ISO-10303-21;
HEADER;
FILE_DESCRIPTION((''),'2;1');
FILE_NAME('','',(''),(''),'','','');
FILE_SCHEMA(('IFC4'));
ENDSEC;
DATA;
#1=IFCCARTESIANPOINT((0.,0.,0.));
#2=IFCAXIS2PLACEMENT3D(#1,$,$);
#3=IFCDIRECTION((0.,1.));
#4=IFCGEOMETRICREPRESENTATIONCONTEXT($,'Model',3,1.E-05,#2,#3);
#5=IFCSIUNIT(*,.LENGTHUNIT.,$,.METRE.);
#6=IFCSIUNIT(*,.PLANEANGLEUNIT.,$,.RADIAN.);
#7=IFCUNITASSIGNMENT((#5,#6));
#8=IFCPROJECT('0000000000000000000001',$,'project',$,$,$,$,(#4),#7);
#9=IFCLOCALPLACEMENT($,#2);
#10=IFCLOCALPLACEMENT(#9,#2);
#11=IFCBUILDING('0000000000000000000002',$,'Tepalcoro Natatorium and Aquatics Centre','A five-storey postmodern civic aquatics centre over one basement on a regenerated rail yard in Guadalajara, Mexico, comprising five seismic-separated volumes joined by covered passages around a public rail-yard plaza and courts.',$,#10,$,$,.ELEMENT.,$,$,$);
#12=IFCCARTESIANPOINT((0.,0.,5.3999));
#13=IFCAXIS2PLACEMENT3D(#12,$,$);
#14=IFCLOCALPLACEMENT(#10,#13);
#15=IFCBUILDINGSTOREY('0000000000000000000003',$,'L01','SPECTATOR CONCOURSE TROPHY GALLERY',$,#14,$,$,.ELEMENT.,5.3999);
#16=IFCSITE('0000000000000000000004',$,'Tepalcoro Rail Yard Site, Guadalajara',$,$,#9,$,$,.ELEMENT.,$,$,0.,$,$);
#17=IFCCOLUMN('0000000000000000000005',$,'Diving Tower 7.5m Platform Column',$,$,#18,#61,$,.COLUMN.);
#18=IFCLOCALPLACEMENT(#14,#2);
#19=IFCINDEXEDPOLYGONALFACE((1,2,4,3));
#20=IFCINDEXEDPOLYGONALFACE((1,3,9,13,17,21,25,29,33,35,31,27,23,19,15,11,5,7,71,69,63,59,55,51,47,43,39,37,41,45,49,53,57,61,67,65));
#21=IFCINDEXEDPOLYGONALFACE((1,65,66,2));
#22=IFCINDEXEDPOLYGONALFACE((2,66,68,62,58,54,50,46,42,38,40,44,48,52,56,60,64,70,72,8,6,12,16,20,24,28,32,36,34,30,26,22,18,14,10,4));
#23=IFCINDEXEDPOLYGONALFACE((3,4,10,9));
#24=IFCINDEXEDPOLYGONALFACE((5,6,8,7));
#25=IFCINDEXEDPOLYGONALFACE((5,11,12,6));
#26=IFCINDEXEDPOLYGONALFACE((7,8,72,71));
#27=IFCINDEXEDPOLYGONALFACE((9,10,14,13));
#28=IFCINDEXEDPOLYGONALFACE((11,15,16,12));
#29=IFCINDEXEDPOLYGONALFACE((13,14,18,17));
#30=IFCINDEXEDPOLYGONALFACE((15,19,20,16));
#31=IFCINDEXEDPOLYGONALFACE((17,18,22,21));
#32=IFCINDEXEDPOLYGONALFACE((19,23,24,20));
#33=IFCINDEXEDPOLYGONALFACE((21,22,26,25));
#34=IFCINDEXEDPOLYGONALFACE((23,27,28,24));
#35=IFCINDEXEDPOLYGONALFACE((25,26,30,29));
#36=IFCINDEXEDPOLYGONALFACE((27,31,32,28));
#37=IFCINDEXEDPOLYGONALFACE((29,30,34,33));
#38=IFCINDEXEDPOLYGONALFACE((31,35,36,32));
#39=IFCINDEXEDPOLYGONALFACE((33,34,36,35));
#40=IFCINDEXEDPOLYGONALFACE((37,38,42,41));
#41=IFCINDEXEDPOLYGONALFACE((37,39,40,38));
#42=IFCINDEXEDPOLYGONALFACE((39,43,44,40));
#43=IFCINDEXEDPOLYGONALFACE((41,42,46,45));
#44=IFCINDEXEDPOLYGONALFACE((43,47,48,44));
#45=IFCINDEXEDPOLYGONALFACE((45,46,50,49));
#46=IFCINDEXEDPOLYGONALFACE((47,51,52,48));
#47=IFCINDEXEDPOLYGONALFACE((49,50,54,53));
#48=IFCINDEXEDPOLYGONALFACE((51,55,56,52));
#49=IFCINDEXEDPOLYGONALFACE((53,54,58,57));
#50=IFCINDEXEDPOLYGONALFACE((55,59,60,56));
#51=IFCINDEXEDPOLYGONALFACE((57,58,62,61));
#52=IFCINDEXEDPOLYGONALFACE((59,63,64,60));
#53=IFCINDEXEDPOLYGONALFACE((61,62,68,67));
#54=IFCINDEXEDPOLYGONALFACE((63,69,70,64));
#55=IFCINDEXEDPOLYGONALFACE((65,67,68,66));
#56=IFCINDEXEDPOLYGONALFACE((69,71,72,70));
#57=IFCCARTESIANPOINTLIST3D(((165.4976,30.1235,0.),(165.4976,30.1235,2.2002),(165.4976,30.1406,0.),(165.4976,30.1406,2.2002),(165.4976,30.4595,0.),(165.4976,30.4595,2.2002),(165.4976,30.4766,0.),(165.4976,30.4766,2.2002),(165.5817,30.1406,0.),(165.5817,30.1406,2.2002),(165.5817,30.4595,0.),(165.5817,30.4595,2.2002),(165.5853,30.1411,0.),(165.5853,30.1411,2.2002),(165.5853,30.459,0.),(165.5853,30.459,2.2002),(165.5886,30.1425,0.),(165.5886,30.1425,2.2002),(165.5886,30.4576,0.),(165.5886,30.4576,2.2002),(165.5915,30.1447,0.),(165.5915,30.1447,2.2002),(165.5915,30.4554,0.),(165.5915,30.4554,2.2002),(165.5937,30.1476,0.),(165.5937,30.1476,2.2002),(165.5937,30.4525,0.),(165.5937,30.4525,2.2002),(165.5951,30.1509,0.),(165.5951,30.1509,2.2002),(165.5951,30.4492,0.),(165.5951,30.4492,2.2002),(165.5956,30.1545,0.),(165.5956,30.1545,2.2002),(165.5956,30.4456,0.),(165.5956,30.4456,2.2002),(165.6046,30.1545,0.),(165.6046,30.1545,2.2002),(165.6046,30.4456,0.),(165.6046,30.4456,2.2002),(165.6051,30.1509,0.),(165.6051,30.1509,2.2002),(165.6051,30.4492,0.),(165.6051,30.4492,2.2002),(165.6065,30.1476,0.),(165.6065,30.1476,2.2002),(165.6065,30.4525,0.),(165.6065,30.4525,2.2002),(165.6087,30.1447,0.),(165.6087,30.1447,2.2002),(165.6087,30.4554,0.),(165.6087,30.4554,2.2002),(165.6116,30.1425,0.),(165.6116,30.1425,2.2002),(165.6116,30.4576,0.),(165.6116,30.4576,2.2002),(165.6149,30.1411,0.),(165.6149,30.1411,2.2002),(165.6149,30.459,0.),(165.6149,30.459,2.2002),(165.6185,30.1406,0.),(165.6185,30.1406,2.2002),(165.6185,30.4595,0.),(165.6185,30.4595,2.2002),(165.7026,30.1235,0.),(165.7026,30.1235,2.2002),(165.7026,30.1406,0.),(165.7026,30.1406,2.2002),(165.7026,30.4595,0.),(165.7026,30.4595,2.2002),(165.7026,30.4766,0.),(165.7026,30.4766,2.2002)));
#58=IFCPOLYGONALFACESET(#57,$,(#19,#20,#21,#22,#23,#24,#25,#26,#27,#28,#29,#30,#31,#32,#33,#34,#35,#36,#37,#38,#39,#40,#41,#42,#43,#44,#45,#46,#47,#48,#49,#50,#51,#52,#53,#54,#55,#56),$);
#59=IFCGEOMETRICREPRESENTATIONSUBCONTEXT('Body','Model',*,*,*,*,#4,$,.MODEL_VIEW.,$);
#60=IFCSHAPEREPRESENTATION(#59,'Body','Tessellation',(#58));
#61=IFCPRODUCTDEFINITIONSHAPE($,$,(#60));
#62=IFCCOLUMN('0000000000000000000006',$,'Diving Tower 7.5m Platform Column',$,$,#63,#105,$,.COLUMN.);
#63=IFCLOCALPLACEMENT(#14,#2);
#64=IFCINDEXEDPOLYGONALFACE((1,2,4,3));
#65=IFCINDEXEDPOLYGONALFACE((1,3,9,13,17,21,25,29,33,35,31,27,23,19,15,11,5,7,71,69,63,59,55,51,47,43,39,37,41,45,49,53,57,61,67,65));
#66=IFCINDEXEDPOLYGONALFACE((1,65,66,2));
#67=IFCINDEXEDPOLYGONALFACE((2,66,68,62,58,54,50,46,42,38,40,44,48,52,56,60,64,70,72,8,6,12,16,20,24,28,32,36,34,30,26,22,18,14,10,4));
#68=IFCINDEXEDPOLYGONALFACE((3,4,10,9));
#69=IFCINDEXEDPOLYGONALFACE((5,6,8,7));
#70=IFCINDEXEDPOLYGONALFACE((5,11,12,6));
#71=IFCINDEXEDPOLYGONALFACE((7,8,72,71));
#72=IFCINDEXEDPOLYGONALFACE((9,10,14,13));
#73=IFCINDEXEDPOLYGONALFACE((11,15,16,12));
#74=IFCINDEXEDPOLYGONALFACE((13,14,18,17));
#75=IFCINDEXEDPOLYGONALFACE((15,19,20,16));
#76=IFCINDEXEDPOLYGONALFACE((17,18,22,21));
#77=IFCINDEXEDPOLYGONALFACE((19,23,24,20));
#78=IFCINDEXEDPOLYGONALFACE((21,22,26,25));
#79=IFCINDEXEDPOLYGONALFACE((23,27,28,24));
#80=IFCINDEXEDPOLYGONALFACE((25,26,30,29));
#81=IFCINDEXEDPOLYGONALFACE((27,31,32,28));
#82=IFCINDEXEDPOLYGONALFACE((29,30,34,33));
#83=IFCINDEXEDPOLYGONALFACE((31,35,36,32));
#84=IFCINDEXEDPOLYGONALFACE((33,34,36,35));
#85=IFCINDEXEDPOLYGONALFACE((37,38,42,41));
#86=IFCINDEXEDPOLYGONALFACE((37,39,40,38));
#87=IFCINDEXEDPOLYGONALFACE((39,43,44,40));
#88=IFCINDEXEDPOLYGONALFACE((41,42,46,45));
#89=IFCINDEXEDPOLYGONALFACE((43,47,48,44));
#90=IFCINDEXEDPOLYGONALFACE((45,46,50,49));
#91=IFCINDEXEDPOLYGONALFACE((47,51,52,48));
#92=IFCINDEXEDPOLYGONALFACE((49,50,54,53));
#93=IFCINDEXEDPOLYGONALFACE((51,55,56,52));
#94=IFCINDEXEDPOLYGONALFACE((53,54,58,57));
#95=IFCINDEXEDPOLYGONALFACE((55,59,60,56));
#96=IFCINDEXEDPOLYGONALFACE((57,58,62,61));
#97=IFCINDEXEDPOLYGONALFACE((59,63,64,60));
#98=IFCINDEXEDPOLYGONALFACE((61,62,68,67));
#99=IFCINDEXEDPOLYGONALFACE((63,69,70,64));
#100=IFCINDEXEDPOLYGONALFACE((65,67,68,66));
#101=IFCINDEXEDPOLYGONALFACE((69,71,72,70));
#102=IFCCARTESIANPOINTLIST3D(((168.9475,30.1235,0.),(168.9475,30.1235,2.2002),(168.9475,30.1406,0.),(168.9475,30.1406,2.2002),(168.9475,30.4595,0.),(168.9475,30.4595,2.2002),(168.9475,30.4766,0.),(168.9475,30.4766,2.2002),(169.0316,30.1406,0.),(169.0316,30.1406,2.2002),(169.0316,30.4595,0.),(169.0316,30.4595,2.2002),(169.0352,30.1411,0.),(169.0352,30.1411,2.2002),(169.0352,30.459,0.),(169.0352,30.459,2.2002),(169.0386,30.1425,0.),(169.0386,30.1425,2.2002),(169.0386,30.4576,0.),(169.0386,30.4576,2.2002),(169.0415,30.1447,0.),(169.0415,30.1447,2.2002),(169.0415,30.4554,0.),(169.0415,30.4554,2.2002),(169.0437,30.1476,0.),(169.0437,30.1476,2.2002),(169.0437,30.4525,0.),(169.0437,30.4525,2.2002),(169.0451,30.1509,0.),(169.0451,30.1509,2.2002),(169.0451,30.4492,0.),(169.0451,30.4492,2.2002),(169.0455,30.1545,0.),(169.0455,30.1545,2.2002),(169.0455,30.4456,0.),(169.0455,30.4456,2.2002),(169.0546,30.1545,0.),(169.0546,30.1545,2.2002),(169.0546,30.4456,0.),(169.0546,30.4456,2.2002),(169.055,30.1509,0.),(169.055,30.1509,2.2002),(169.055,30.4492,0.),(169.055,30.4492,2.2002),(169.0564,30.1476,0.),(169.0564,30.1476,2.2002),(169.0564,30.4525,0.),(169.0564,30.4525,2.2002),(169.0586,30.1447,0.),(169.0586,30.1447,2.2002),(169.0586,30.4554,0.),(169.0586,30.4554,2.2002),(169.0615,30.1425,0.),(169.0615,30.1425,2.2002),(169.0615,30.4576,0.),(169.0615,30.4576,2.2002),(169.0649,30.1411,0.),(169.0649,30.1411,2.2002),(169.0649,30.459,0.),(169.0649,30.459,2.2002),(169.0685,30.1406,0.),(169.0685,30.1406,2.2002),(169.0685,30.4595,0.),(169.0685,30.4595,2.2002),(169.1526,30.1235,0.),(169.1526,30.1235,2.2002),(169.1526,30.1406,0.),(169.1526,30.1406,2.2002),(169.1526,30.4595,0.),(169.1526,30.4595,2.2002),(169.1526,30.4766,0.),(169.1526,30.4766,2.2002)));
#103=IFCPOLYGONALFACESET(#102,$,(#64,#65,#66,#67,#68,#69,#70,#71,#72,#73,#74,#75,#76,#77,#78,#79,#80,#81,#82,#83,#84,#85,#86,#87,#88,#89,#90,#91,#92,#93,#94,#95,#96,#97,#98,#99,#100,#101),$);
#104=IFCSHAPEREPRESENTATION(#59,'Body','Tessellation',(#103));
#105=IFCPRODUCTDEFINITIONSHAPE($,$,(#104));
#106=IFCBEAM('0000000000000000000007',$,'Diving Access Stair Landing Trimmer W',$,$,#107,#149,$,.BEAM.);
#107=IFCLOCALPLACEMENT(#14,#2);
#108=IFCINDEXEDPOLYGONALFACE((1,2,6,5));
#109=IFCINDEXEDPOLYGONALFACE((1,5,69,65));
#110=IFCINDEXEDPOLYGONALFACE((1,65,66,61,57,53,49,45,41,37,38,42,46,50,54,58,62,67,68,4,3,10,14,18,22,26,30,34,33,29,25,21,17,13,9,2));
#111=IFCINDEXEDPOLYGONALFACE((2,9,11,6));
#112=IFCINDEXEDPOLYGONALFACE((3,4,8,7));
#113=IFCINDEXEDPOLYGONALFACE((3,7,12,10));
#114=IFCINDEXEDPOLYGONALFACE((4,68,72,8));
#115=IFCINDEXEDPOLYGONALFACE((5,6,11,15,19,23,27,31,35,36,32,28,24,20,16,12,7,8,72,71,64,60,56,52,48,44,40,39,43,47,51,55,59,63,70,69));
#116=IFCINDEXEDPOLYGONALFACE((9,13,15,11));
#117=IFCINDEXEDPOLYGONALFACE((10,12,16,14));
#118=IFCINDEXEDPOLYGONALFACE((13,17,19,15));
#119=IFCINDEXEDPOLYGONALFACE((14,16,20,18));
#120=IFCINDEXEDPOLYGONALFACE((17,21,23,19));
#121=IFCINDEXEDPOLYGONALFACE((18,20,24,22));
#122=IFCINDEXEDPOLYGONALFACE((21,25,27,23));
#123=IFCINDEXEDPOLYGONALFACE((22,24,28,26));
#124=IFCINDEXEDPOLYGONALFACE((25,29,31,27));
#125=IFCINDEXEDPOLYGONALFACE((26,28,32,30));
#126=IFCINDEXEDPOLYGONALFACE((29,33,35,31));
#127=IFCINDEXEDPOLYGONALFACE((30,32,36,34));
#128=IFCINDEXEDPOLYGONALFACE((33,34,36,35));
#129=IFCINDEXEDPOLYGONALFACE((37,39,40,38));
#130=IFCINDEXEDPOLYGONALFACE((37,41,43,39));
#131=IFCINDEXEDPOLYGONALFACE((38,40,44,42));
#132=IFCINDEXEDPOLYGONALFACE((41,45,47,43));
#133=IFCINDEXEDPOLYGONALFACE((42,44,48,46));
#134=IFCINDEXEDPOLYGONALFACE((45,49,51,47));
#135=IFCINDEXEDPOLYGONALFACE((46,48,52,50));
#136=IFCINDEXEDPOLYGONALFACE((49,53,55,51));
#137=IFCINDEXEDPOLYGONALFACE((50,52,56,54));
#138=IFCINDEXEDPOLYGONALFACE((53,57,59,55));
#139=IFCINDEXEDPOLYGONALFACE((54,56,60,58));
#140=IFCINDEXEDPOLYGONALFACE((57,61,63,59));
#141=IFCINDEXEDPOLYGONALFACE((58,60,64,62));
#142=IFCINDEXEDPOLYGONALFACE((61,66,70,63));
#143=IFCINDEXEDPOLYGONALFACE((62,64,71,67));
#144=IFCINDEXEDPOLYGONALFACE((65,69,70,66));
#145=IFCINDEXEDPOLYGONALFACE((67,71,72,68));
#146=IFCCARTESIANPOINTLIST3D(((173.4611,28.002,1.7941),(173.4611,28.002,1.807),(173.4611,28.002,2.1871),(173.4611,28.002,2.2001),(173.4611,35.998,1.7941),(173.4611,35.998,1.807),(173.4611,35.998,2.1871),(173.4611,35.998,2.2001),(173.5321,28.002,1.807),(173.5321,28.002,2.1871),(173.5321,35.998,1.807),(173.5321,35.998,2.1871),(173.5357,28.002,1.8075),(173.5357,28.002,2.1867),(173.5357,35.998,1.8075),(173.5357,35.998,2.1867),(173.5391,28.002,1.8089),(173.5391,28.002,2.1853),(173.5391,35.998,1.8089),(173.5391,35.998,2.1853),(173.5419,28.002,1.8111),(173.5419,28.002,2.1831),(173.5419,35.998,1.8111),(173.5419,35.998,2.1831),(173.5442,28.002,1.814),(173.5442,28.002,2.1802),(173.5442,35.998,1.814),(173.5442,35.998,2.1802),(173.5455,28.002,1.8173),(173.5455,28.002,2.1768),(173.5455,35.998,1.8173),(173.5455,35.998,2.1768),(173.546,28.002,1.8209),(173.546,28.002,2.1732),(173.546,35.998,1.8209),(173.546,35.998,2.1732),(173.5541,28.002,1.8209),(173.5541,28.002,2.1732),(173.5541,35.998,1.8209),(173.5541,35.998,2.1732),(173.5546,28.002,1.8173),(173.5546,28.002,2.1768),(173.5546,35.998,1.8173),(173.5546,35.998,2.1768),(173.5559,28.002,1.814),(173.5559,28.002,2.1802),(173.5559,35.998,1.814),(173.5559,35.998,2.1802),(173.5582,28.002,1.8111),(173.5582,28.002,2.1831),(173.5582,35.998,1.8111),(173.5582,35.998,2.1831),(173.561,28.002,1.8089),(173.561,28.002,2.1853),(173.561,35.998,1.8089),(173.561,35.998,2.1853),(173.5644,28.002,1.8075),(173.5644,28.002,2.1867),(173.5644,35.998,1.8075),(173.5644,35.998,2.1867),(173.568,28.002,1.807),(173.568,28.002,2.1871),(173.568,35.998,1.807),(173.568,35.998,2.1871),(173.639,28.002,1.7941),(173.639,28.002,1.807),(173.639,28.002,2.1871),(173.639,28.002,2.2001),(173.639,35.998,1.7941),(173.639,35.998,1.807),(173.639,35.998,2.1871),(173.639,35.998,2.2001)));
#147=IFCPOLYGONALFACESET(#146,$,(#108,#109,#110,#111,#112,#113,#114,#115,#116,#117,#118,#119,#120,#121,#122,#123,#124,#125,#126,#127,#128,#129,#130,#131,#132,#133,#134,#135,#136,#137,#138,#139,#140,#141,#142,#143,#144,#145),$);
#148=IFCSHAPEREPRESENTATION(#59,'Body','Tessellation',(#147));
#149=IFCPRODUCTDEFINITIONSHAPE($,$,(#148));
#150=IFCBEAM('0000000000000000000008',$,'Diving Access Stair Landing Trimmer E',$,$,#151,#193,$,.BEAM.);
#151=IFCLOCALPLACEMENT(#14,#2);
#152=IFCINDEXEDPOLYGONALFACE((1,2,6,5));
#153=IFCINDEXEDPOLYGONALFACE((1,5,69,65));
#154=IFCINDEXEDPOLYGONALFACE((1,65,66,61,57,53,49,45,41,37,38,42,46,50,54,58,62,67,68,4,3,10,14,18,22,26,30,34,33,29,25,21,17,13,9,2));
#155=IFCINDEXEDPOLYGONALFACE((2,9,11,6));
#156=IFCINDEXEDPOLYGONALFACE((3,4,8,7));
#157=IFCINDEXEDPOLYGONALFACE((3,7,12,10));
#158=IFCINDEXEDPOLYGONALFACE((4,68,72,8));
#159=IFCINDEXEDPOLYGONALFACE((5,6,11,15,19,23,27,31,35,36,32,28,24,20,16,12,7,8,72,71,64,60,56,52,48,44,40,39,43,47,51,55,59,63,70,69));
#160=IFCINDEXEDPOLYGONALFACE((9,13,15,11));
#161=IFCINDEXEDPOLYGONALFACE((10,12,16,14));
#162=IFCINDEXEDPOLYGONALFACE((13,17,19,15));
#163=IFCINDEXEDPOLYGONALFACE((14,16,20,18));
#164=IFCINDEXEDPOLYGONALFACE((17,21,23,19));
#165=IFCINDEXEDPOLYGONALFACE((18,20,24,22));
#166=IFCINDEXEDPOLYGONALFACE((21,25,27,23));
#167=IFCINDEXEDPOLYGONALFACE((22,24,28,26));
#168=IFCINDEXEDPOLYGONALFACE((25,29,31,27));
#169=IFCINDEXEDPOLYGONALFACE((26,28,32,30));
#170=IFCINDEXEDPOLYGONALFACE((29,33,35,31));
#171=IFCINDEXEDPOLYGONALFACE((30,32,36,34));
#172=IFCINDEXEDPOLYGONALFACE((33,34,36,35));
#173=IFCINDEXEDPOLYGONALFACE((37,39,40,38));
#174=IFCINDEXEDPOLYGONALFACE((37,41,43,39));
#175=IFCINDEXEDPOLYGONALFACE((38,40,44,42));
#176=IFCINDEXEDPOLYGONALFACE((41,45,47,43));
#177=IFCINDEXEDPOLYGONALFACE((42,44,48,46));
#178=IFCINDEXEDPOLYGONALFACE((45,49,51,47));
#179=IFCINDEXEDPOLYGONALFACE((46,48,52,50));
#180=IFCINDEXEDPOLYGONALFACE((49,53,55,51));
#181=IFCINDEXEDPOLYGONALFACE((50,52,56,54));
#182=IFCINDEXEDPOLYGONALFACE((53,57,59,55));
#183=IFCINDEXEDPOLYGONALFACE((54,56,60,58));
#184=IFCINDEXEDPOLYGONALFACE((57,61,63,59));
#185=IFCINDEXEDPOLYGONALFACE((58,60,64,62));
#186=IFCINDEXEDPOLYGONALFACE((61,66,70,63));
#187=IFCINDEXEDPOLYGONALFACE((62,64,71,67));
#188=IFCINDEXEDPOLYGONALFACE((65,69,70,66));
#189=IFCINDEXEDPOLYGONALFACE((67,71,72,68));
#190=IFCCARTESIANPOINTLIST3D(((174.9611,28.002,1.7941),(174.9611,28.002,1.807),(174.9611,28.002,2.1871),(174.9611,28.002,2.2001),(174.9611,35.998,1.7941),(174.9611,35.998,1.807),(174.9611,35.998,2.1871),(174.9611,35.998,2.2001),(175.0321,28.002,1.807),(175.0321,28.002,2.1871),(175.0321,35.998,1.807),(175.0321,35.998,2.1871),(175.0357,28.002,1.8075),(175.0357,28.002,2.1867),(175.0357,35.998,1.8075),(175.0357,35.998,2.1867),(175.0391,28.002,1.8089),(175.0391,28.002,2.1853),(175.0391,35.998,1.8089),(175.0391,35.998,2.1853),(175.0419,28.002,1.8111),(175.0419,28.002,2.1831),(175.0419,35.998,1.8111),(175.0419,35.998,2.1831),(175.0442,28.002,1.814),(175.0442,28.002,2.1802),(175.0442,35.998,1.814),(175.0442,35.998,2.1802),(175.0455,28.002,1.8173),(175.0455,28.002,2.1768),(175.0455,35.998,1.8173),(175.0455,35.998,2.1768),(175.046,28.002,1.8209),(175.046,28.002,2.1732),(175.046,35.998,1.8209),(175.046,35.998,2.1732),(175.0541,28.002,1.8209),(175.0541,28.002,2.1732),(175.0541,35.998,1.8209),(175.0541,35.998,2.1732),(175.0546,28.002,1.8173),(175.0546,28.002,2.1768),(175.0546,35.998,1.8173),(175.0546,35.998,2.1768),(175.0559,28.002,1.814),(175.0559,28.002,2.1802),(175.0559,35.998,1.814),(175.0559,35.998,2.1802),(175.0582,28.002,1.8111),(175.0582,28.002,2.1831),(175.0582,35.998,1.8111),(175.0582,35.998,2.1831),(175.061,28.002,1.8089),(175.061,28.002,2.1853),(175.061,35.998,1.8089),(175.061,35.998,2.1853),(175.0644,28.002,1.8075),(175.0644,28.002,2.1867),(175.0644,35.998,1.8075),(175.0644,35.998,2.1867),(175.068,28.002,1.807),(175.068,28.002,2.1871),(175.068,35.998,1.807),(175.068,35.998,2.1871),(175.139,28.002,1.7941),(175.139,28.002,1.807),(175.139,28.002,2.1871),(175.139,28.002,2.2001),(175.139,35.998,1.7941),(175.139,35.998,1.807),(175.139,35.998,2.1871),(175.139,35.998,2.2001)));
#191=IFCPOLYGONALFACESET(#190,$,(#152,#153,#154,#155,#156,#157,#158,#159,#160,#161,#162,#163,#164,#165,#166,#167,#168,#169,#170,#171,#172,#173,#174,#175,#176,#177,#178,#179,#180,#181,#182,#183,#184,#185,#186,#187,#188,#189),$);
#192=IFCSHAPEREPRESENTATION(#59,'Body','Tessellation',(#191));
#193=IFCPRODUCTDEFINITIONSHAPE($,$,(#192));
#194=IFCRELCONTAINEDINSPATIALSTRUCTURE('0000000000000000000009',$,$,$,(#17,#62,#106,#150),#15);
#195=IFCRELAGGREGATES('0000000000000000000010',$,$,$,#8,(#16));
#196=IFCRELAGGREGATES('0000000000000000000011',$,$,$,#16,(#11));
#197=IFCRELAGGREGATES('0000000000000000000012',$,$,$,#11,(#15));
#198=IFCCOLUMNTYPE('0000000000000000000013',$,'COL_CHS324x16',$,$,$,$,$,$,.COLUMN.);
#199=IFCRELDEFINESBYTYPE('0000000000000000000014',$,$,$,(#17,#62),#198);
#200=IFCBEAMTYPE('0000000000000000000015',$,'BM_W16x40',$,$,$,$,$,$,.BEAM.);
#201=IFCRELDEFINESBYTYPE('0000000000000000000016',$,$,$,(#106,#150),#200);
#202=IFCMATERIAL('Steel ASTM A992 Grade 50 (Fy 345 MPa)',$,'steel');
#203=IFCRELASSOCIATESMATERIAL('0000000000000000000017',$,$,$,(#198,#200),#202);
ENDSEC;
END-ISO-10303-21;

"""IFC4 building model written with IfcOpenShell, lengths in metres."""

from ifc_helpers import new_model, si_unit, direction, frame, origin, origin_2d, place, context, subcontext, project, spatial, i_section, extrude, material, material_profile, profile_set, type_object, element, save


model = new_model("IFC4")

# Units and contexts
model_context = context("Model", 3, precision=1e-05, world=origin(), true_north=direction((0.0, 1.0)))
body_context = subcontext(model_context, "Body", "Model", "MODEL_VIEW")
ifc_project = project(units=[si_unit("LENGTHUNIT", "METRE"), si_unit("PLANEANGLEUNIT", "RADIAN")], contexts=[model_context])

# Site, building, storey
site_placement = place(None, origin())
site = spatial("IfcSite", under=ifc_project, at=site_placement, Name="Tepalcoro Rail Yard Site, Guadalajara", CompositionType="ELEMENT", RefElevation=0.0)
building_placement = place(site_placement, origin())
building = spatial("IfcBuilding", under=site, at=building_placement, Name="Tepalcoro Natatorium and Aquatics Centre", Description="A five-storey postmodern civic aquatics centre over one basement on a regenerated rail yard in Guadalajara, Mexico, comprising five seismic-separated volumes joined by covered passages around a public rail-yard plaza and courts.", CompositionType="ELEMENT")
storey_placement = place(building_placement, frame((0.0, 0.0, 5.3999)))
storey = spatial("IfcBuildingStorey", under=building, at=storey_placement, Name="L01", Description="SPECTATOR CONCOURSE TROPHY GALLERY", CompositionType="ELEMENT", Elevation=5.3999)

# Columns
ifc_material_1 = material(Name="Steel ASTM A992 Grade 50 (Fy 345 MPa)", Category="steel")
ifc_material_profile_1 = material_profile(ifc_material_1, i_section(OverallWidth=0.2051, OverallDepth=0.353, WebThickness=0.009, FlangeThickness=0.0171, FilletRadius=0.0139, at=origin_2d()), Name="W14X53")
ifc_profile_set_1 = profile_set([ifc_material_profile_1], Name="Steel ASTM A992 Grade 50 (Fy 345 MPa)")
column_type = type_object("IfcColumnType", Name="COL_CHS324x16", PredefinedType="COLUMN", material=ifc_profile_set_1)
for number, where, z_axis, x_axis, name in (
    (1, (165.6001, 30.3, 0.0), (0.0, 0.0, 1.0), (1.0, 0.0, 0.0), "Diving Tower 7.5m Platform Column"),
    (2, (169.05, 30.3, 0.0), (0.0, 0.0, 1.0), (1.0, 0.0, 0.0), "Diving Tower 7.5m Platform Column"),
):
    element("IfcColumn", number, at=place(storey_placement, frame(where, z_axis=z_axis, x_axis=x_axis)), inside=storey, type_object=column_type, Name=name, PredefinedType="COLUMN", context=body_context, shape_type="SweptSolid", body=[
        extrude(i_section(OverallWidth=0.2051, OverallDepth=0.353, WebThickness=0.009, FlangeThickness=0.0171, FilletRadius=0.0139, at=origin_2d()), origin(), (0.0, 0.0, 1.0), 2.2002),
    ])

# Beams
ifc_material_profile_2 = material_profile(ifc_material_1, i_section(OverallWidth=0.178, OverallDepth=0.406, WebThickness=0.0081, FlangeThickness=0.0129, FilletRadius=0.0139, at=origin_2d()), Name="W16X40")
ifc_profile_set_2 = profile_set([ifc_material_profile_2], Name="Steel ASTM A992 Grade 50 (Fy 345 MPa)")
beam_type_1 = type_object("IfcBeamType", Name="BM_W16x40", PredefinedType="BEAM", material=ifc_profile_set_2)
for number, where, z_axis, x_axis, name in (
    (3, (173.55, 28.002, 1.9971), (0.0, 1.0, 0.0), (-1.0, 0.0, 0.0), "Diving Access Stair Landing Trimmer W"),
    (4, (175.05, 28.002, 1.9971), (0.0, 1.0, 0.0), (-1.0, 0.0, 0.0), "Diving Access Stair Landing Trimmer E"),
):
    element("IfcBeam", number, at=place(storey_placement, frame(where, z_axis=z_axis, x_axis=x_axis)), inside=storey, type_object=beam_type_1, Name=name, PredefinedType="BEAM", context=body_context, shape_type="SweptSolid", body=[
        extrude(i_section(OverallWidth=0.178, OverallDepth=0.406, WebThickness=0.0081, FlangeThickness=0.0129, FilletRadius=0.0139, at=origin_2d()), origin(), (0.0, 0.0, 1.0), 7.9961),
    ])

save(model, "model.ifc")
